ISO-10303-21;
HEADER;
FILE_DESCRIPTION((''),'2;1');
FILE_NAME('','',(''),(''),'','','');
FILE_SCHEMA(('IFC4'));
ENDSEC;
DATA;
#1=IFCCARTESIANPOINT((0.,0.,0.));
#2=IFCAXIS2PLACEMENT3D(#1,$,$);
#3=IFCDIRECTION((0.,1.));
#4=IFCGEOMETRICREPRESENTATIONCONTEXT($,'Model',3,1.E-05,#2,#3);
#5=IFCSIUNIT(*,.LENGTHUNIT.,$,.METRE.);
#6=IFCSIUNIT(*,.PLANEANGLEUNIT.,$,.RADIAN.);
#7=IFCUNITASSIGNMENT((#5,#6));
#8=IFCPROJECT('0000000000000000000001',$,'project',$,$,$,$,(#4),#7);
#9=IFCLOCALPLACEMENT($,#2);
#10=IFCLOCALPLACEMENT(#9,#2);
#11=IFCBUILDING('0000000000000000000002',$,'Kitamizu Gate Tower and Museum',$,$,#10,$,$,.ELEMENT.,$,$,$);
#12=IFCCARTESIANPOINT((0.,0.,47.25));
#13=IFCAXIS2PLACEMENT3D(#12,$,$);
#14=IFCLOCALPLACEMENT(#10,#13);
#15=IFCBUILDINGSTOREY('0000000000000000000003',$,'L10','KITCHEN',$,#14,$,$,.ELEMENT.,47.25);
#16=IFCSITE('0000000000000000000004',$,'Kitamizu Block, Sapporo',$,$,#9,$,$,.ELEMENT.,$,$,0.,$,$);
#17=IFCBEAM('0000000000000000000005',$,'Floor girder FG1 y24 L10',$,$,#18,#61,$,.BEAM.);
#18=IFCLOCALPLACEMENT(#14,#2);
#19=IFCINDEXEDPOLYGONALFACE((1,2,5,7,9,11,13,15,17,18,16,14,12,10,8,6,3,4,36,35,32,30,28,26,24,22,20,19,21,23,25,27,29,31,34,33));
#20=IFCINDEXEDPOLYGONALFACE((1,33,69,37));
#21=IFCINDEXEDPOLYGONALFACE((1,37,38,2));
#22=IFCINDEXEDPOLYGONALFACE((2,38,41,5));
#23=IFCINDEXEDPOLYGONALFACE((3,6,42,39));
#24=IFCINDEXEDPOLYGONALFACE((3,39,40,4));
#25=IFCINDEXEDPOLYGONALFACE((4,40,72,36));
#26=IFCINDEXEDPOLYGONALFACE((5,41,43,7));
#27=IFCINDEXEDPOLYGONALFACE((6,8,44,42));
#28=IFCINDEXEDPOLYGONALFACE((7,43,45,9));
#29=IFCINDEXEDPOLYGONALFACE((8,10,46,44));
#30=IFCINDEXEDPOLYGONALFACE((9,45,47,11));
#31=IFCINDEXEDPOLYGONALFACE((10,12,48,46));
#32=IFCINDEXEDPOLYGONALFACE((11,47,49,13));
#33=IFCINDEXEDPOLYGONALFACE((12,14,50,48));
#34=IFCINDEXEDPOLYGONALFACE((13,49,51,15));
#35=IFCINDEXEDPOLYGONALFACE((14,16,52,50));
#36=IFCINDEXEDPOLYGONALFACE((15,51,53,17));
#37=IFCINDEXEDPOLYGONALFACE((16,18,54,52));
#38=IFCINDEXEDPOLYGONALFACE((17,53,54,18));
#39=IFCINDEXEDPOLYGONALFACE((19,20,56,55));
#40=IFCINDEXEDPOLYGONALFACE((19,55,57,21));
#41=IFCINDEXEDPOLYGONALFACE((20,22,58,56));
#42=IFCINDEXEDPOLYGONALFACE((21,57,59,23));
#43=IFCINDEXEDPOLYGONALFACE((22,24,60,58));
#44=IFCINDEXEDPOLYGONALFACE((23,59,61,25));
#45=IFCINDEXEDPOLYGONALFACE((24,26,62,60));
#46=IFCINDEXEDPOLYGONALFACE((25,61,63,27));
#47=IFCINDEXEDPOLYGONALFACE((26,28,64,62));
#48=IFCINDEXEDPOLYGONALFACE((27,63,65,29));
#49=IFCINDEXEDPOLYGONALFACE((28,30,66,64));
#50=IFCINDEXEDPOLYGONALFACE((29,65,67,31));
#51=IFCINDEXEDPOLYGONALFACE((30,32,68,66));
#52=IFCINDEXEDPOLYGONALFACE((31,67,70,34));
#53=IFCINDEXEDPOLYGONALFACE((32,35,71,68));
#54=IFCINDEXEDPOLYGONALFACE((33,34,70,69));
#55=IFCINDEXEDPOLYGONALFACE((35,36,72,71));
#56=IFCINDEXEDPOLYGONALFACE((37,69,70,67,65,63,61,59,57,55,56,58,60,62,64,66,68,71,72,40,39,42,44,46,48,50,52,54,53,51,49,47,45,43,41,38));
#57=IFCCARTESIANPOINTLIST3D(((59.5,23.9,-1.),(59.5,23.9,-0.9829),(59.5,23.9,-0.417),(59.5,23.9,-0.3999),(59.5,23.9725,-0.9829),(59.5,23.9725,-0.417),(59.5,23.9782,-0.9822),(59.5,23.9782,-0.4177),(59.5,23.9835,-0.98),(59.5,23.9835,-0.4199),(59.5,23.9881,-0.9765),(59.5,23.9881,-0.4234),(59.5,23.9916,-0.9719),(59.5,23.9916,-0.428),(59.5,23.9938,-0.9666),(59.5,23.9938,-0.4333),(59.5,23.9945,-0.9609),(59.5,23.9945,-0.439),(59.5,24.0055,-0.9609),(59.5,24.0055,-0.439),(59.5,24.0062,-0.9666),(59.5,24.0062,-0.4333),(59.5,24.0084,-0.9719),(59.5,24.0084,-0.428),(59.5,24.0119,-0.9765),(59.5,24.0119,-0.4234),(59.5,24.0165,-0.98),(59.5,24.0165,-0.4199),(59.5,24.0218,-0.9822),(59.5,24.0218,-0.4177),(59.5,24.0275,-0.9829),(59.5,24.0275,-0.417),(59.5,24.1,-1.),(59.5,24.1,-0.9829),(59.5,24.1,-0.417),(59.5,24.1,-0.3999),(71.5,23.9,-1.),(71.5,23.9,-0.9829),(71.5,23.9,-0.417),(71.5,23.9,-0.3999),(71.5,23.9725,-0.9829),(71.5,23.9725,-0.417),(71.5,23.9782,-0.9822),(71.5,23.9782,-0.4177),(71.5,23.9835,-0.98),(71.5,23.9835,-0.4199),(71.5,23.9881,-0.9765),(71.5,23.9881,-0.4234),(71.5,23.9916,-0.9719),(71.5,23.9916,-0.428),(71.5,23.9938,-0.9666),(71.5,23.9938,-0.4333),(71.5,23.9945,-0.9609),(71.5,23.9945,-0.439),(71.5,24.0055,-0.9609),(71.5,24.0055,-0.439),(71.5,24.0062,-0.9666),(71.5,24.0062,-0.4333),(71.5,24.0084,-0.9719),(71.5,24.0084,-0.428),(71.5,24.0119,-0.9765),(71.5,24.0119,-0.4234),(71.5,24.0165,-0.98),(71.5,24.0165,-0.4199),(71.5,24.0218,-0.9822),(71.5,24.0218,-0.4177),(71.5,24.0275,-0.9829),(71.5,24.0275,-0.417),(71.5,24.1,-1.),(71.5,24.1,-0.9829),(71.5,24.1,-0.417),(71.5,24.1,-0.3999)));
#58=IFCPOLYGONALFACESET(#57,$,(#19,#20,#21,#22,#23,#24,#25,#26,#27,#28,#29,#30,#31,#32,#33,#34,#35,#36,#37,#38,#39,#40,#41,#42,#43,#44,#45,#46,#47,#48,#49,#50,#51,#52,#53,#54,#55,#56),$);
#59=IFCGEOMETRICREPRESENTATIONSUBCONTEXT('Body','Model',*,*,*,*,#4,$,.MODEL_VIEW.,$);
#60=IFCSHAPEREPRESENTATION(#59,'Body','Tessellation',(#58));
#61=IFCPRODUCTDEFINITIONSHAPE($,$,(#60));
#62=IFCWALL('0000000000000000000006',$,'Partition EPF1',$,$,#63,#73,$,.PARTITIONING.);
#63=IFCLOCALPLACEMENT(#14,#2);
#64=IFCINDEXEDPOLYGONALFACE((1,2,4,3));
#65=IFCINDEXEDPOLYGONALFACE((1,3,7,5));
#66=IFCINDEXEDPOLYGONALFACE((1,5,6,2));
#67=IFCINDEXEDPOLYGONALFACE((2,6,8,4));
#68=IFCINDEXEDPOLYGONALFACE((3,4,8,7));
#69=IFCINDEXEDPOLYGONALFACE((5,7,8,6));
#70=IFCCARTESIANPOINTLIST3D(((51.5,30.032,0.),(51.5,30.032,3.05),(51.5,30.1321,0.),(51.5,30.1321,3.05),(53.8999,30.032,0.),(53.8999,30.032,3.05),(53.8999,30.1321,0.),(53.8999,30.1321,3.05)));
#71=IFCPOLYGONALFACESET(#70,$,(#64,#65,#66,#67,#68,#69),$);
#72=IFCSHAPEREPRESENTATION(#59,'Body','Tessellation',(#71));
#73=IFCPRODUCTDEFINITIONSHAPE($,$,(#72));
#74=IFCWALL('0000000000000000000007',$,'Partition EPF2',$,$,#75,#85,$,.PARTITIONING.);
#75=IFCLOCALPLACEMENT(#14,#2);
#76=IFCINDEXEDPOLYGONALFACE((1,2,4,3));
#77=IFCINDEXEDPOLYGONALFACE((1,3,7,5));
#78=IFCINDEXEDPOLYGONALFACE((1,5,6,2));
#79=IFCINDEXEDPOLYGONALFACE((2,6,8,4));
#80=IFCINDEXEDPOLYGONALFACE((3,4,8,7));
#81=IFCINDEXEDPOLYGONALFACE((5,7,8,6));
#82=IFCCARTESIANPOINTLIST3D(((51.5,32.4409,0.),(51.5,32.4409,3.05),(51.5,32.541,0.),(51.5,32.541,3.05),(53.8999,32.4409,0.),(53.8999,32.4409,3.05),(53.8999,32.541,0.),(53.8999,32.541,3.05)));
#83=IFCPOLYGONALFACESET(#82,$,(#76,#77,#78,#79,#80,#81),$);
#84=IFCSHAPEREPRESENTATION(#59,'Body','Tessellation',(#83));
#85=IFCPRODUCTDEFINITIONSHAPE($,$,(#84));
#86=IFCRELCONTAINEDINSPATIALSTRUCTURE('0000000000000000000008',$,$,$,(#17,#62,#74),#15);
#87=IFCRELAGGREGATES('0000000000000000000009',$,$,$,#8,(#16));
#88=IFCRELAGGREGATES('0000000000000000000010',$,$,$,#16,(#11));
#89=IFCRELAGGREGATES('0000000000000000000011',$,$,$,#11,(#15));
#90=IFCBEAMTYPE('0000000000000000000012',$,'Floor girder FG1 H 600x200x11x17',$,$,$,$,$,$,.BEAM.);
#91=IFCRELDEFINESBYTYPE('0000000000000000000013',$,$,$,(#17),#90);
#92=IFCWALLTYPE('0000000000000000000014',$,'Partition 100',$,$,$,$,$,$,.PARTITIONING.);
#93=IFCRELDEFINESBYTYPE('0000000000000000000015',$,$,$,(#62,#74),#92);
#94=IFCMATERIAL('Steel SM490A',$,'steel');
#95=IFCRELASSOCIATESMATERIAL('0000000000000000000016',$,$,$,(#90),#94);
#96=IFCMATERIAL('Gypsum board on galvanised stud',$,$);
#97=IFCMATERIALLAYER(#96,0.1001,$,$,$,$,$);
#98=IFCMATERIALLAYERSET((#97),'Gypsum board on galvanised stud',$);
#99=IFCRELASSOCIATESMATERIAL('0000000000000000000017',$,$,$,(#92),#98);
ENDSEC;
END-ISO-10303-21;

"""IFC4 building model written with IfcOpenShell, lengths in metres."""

from ifc_helpers import new_model, si_unit, direction, frame, frame_2d, origin, origin_2d, place, context, subcontext, project, spatial, rectangle, i_section, extrude, material, layer, layer_set, material_profile, profile_set, type_object, element, save


model = new_model("IFC4")

# Units and contexts
model_context = context("Model", 3, precision=1e-05, world=origin(), true_north=direction((0.0, 1.0)))
body_context = subcontext(model_context, "Body", "Model", "MODEL_VIEW")
ifc_project = project(units=[si_unit("LENGTHUNIT", "METRE"), si_unit("PLANEANGLEUNIT", "RADIAN")], contexts=[model_context])

# Site, building, storey
site_placement = place(None, origin())
site = spatial("IfcSite", under=ifc_project, at=site_placement, Name="Kitamizu Block, Sapporo", CompositionType="ELEMENT", RefElevation=0.0)
building_placement = place(site_placement, origin())
building = spatial("IfcBuilding", under=site, at=building_placement, Name="Kitamizu Gate Tower and Museum", CompositionType="ELEMENT")
storey_placement = place(building_placement, frame((0.0, 0.0, 47.25)))
storey = spatial("IfcBuildingStorey", under=building, at=storey_placement, Name="L10", Description="KITCHEN", CompositionType="ELEMENT", Elevation=47.25)

# Beam
ifc_material_1 = material(Name="Steel SM490A", Category="steel")
ifc_material_profile = material_profile(ifc_material_1, i_section(OverallWidth=0.2, OverallDepth=0.6001, WebThickness=0.011, FlangeThickness=0.0171, FilletRadius=0.022, at=origin_2d()), Name="H-600x200x11x17")
ifc_profile_set = profile_set([ifc_material_profile], Name="Steel SM490A")
beam_type = type_object("IfcBeamType", Name="Floor girder FG1 H 600x200x11x17", PredefinedType="BEAM", material=ifc_profile_set)
beam_placement = place(storey_placement, frame((59.5, 24.0, -0.7), z_axis=(1.0, 0.0, 0.0), x_axis=(0.0, 1.0, 0.0)))
element("IfcBeam", 1, at=beam_placement, inside=storey, type_object=beam_type, Name="Floor girder FG1 y24 L10", PredefinedType="BEAM", context=body_context, shape_type="SweptSolid", body=[
    extrude(i_section(OverallWidth=0.2, OverallDepth=0.6001, WebThickness=0.011, FlangeThickness=0.0171, FilletRadius=0.022, at=origin_2d()), origin(), (0.0, 0.0, 1.0), 12.0),
])

# Walls
ifc_material_2 = material(Name="Gypsum board on galvanised stud")
ifc_layer_1 = layer(ifc_material_2, 0.1001)
ifc_layer_set_1 = layer_set([ifc_layer_1], Name="Gypsum board on galvanised stud")
wall_type_1 = type_object("IfcWallType", Name="Partition 100", PredefinedType="PARTITIONING", material=ifc_layer_set_1)
for number, where, z_axis, x_axis, name in (
    (2, (53.8999, 30.082, 0.0), (0.0, 0.0, 1.0), (-1.0, 0.0, 0.0), "Partition EPF1"),
    (3, (53.8999, 32.491, 0.0), (0.0, 0.0, 1.0), (-1.0, 0.0, 0.0), "Partition EPF2"),
):
    element("IfcWall", number, at=place(storey_placement, frame(where, z_axis=z_axis, x_axis=x_axis)), inside=storey, type_object=wall_type_1, Name=name, PredefinedType="PARTITIONING", context=body_context, shape_type="SweptSolid", body=[
        extrude(rectangle(XDim=2.3999, YDim=0.1001, at=frame_2d((1.2, 0.0))), origin(), (0.0, 0.0, 1.0), 3.05),
    ])

save(model, "model.ifc")
